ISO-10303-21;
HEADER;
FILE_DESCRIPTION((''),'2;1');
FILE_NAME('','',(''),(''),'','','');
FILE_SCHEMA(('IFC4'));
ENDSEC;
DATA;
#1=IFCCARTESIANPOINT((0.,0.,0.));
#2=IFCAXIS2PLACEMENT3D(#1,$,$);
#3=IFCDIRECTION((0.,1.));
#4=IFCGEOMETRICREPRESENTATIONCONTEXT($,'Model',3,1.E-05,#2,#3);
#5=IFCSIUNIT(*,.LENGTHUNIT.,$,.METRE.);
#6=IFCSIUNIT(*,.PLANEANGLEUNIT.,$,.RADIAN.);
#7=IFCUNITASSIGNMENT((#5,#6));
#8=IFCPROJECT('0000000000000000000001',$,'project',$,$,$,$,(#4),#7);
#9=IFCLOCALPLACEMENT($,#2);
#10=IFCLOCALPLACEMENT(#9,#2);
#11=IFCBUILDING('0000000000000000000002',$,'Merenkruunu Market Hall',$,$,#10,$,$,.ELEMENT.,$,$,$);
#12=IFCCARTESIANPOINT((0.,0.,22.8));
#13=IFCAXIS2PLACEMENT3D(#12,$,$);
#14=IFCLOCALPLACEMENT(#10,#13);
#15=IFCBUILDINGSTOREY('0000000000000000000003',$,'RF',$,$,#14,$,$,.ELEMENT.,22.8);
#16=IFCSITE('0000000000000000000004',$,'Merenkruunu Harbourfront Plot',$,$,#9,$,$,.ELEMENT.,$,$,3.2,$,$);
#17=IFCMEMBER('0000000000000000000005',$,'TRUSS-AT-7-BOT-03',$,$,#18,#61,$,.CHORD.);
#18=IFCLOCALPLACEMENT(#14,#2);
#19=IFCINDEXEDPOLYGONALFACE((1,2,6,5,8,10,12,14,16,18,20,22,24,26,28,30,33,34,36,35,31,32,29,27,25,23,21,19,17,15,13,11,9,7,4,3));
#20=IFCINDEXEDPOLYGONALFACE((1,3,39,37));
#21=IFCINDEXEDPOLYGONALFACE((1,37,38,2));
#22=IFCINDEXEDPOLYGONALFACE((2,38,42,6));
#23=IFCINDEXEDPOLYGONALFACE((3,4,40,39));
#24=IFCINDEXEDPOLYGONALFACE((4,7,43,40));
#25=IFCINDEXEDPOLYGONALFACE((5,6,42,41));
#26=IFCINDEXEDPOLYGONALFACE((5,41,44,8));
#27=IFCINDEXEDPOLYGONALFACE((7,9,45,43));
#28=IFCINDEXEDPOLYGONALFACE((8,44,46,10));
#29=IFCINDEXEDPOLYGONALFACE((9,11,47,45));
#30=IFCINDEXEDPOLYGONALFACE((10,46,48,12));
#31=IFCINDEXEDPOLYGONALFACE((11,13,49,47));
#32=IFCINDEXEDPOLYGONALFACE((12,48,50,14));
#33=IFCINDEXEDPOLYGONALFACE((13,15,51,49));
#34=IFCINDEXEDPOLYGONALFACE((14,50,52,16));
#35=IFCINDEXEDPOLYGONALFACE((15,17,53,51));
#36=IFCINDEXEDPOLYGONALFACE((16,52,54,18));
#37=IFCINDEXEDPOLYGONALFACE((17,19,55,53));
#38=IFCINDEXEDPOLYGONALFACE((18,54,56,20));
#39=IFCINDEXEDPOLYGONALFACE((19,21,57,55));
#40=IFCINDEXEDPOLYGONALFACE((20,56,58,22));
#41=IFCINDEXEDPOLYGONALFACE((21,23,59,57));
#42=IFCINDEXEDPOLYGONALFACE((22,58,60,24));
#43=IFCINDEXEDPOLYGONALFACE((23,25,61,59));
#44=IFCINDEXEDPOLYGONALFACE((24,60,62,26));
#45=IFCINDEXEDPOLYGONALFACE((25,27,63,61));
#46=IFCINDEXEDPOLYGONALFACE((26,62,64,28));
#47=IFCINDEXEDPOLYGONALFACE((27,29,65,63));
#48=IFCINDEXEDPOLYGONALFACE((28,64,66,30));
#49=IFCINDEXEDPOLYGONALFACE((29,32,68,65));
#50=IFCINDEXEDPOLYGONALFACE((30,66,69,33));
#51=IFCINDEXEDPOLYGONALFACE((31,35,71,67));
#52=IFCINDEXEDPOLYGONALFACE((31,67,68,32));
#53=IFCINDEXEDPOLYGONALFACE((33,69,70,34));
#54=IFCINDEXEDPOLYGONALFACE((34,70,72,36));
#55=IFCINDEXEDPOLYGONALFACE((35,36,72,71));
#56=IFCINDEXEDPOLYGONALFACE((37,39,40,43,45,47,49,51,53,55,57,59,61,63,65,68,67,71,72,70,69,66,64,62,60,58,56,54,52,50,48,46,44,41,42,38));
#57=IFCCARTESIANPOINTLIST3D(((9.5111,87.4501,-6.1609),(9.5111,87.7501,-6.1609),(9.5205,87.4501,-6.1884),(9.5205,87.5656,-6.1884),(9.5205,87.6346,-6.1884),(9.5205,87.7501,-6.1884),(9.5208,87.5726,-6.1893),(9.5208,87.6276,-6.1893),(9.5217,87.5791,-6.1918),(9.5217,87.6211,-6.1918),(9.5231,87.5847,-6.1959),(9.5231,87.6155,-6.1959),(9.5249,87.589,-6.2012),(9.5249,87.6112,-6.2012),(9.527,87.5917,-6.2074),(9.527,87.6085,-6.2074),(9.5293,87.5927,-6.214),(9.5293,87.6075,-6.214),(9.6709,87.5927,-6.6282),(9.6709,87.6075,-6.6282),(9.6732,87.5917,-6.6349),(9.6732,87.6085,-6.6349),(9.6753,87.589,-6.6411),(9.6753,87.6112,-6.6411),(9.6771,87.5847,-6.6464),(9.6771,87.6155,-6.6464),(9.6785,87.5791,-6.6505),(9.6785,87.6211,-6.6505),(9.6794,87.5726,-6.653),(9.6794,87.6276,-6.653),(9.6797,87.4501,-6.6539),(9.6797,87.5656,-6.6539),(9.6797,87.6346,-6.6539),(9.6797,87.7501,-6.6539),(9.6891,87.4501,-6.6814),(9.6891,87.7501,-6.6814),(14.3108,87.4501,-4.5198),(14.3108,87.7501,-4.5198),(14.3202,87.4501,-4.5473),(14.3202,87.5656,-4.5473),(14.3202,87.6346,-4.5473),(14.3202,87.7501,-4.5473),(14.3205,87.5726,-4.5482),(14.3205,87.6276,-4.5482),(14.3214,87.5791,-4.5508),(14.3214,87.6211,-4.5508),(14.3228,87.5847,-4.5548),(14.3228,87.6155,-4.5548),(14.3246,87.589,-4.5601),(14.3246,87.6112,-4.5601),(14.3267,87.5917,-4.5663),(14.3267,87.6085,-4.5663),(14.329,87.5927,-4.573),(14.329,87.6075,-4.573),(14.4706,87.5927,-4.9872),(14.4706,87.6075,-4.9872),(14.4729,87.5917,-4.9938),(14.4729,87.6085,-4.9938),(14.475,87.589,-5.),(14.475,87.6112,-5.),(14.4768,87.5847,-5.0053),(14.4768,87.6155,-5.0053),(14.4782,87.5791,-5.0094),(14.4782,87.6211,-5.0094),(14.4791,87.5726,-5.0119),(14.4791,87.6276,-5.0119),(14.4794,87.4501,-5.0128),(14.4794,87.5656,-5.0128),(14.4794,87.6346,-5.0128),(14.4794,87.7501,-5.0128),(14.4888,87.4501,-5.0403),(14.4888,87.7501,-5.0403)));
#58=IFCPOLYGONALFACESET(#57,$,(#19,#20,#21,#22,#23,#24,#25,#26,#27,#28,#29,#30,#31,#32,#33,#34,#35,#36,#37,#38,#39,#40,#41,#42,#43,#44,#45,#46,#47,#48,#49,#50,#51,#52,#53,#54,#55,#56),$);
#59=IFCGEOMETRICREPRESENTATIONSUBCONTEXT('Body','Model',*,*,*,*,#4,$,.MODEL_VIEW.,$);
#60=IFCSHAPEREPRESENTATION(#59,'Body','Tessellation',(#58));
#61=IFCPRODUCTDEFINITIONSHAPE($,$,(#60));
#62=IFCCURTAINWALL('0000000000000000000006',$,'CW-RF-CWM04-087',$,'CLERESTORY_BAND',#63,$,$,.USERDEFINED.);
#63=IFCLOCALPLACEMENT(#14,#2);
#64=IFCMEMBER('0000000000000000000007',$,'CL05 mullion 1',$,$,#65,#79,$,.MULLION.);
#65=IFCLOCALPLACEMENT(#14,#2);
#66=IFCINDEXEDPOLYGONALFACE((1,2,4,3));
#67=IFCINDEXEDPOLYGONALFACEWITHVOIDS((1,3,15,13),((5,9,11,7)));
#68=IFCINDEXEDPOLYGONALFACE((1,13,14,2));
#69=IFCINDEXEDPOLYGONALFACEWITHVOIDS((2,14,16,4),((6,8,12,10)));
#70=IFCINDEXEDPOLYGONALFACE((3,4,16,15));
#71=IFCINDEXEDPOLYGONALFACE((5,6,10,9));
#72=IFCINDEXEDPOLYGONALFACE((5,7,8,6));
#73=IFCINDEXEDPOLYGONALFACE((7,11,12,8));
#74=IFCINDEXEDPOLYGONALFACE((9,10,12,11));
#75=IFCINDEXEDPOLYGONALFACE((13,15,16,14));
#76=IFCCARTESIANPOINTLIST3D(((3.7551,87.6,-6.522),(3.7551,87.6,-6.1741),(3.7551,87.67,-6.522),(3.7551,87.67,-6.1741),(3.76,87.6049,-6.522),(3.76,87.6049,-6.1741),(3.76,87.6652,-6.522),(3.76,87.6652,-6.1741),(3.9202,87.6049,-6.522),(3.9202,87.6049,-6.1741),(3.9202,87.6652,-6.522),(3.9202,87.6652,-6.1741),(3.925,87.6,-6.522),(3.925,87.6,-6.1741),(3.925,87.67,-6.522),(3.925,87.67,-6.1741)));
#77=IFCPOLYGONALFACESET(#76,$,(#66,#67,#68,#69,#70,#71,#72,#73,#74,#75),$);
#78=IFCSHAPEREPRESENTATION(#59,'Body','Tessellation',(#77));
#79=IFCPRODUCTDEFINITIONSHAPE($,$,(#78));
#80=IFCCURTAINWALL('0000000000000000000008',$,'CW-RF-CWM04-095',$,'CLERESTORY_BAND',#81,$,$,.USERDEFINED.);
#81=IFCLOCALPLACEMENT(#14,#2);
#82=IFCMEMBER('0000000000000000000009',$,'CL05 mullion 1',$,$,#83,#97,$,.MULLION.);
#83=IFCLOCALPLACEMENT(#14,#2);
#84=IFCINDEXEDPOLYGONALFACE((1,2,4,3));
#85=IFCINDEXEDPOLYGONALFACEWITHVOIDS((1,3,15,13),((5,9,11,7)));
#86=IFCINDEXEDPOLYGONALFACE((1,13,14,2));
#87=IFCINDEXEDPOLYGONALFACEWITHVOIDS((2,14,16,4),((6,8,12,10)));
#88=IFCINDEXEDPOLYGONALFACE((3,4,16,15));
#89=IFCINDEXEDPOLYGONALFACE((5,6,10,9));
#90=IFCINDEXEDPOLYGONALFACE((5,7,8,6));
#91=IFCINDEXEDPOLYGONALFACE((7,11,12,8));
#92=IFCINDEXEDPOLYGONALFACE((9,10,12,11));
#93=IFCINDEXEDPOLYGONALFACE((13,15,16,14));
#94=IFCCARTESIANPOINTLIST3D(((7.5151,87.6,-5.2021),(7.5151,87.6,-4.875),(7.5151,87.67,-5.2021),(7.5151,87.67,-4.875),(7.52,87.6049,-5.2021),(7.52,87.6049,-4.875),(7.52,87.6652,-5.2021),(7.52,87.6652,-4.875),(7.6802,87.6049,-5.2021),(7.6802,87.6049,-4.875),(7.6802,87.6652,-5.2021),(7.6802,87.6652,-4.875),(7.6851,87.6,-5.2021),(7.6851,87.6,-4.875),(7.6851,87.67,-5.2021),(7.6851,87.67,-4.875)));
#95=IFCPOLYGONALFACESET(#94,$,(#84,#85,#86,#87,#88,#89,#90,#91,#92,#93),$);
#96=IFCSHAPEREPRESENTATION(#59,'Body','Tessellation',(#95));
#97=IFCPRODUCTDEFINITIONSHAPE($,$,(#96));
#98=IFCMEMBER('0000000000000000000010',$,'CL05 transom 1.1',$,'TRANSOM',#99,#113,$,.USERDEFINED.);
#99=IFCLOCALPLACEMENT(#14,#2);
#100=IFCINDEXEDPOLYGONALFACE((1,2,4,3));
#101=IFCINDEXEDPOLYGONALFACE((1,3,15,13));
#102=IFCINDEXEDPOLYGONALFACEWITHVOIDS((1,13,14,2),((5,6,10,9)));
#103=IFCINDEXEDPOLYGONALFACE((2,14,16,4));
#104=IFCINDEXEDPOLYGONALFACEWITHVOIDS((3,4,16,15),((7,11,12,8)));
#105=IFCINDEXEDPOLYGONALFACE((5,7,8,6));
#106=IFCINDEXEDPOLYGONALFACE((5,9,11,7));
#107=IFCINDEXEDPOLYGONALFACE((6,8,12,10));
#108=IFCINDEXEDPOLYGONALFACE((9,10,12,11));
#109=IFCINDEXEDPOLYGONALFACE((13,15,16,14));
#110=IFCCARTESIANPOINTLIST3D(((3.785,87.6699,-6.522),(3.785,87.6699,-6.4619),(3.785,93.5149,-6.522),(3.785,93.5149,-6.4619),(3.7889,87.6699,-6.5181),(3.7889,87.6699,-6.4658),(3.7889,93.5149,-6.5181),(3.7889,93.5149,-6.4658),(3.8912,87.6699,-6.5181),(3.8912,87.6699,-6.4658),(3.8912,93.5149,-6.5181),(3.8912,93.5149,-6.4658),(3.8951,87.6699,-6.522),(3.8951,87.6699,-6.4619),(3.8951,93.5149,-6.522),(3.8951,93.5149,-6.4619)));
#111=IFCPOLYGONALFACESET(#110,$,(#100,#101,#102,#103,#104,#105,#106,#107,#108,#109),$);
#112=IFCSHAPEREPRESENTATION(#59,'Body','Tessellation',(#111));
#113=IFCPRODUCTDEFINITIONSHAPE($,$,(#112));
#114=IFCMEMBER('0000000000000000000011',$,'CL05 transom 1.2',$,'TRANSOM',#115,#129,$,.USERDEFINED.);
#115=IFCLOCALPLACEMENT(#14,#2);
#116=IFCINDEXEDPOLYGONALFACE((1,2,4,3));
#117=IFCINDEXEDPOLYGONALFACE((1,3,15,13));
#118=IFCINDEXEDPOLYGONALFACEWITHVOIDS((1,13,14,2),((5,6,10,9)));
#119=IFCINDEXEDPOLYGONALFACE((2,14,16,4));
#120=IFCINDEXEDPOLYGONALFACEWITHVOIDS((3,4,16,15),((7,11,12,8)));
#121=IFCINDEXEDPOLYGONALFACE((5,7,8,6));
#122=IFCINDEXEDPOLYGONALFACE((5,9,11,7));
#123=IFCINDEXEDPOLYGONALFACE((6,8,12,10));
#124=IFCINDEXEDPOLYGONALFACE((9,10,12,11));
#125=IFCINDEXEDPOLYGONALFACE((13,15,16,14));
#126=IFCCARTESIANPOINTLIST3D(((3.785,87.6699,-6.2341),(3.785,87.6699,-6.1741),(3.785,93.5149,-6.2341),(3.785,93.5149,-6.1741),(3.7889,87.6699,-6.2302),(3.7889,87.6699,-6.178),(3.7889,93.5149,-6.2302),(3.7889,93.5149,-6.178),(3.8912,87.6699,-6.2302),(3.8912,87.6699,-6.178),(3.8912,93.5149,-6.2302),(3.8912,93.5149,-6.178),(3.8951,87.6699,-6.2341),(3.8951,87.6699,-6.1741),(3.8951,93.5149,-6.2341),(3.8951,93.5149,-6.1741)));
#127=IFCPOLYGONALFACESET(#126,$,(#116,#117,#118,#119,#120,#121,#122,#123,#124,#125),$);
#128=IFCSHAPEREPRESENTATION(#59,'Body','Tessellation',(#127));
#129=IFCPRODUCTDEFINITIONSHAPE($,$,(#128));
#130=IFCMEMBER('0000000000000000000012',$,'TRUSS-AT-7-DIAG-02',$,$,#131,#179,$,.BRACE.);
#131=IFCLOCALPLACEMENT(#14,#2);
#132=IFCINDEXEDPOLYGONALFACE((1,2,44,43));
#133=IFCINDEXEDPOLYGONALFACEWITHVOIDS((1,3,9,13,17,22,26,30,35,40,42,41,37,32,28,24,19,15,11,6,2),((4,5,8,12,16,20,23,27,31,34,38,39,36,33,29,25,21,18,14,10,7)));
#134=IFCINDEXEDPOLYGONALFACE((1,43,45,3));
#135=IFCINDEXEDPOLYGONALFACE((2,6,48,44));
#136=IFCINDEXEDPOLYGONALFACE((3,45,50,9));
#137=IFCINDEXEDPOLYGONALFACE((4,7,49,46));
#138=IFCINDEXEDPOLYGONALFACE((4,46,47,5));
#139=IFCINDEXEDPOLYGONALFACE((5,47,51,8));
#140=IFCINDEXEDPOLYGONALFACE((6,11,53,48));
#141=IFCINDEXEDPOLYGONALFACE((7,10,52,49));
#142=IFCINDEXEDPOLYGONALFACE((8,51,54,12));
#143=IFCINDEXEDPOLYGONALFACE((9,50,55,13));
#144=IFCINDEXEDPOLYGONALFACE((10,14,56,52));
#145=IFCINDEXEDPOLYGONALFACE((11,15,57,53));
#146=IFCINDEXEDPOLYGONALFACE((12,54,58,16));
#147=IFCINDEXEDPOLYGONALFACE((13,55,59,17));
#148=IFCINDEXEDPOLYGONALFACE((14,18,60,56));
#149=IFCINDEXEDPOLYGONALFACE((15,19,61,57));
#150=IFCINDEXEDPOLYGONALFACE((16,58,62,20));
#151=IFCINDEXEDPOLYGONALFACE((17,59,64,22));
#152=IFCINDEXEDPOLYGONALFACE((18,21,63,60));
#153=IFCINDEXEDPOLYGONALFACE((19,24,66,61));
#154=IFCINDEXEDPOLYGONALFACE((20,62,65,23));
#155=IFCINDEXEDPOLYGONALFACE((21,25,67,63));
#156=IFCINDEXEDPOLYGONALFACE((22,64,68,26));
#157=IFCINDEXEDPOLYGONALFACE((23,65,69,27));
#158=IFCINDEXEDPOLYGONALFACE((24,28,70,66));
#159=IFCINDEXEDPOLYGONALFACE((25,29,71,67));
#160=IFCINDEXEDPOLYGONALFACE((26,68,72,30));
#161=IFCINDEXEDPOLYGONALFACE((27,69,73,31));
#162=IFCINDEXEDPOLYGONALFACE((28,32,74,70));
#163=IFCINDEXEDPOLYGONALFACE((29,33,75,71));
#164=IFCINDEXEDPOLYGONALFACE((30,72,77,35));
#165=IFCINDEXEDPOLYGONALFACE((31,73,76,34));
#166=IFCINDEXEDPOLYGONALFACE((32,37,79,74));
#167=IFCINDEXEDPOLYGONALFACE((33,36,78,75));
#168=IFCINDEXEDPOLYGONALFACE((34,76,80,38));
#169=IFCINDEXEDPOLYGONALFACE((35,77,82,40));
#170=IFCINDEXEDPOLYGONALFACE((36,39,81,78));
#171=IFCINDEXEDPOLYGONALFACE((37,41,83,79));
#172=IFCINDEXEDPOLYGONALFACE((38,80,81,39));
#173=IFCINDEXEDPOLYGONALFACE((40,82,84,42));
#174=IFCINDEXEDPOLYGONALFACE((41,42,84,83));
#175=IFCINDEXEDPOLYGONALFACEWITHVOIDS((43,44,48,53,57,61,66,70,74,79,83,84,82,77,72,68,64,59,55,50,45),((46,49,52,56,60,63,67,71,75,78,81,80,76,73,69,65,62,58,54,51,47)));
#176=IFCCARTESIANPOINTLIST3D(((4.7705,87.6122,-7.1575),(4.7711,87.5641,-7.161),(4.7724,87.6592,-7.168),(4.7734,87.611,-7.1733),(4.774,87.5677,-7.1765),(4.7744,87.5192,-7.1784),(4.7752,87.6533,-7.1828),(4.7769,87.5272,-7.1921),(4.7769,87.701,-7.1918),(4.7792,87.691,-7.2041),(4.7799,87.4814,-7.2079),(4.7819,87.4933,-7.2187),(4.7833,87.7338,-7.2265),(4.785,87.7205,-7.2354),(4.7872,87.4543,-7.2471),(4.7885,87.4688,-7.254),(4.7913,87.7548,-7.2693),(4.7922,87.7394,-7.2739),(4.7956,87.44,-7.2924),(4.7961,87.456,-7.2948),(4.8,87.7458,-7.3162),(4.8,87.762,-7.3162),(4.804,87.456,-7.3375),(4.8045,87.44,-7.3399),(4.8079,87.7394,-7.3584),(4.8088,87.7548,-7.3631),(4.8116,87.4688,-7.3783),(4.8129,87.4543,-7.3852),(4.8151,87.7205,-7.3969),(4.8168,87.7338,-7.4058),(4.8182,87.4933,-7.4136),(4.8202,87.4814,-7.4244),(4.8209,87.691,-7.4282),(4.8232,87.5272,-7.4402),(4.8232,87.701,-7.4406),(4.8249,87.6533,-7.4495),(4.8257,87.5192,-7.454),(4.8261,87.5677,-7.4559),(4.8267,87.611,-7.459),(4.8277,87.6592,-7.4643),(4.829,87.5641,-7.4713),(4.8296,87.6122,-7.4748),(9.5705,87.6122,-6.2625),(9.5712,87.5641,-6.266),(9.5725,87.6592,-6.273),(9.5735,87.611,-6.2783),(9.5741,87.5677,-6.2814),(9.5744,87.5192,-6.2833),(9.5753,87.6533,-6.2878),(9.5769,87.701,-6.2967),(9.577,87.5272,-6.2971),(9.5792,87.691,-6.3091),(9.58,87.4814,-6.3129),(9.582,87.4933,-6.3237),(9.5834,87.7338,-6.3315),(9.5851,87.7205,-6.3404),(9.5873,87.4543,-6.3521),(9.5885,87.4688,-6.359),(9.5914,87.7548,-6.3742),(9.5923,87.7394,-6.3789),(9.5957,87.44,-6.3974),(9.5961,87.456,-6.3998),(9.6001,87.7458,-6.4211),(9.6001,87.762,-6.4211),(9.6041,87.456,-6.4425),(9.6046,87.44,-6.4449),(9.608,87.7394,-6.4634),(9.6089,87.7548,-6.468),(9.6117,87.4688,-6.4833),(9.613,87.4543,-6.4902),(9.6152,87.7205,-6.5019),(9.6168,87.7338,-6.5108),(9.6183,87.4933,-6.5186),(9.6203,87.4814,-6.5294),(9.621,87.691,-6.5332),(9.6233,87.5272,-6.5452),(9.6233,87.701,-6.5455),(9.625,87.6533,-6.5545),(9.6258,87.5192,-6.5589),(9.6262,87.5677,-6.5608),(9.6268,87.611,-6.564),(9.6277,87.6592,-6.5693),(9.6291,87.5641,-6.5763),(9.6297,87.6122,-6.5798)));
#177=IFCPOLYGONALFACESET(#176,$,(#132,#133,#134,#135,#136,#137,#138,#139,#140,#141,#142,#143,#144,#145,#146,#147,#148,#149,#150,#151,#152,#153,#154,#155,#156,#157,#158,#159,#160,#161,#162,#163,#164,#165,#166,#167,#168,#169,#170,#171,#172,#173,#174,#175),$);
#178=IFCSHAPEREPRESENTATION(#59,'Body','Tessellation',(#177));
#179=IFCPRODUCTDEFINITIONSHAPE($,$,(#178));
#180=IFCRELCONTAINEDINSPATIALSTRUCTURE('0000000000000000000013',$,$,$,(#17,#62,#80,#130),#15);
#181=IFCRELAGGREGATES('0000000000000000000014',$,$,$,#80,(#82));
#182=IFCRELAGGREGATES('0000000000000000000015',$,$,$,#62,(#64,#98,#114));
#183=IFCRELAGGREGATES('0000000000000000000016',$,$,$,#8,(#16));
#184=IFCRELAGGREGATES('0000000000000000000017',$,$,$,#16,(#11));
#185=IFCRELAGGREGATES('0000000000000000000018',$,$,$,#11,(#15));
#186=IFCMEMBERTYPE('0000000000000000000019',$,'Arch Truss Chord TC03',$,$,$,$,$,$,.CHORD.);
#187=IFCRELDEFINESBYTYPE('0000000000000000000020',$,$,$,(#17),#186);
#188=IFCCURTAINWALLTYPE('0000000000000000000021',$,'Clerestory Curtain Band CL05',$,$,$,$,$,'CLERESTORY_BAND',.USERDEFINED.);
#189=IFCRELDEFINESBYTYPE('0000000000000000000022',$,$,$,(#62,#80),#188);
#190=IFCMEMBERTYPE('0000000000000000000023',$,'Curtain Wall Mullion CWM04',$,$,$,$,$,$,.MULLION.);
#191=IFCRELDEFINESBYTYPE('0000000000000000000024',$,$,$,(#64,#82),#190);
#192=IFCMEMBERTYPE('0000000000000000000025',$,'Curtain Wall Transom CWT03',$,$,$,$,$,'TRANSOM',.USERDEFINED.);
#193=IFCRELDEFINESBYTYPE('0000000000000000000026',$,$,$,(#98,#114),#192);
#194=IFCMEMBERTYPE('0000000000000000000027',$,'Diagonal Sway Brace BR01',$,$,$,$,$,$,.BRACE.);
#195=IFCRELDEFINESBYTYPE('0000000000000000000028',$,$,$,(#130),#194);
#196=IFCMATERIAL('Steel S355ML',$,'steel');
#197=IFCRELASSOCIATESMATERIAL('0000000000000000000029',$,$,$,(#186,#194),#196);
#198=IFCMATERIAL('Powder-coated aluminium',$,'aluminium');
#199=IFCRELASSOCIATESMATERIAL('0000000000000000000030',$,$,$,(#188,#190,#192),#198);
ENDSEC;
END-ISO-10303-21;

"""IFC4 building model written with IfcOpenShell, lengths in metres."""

from ifc_helpers import new_model, si_unit, direction, frame, origin, origin_2d, place, context, subcontext, project, spatial, hollow_rectangle, hollow_circle, i_section, extrude, material, material_profile, profile_set, type_object, element, aggregate, save


model = new_model("IFC4")

# Units and contexts
model_context = context("Model", 3, precision=1e-05, world=origin(), true_north=direction((0.0, 1.0)))
body_context = subcontext(model_context, "Body", "Model", "MODEL_VIEW")
ifc_project = project(units=[si_unit("LENGTHUNIT", "METRE"), si_unit("PLANEANGLEUNIT", "RADIAN")], contexts=[model_context])

# Site, building, storey
site_placement = place(None, origin())
site = spatial("IfcSite", under=ifc_project, at=site_placement, Name="Merenkruunu Harbourfront Plot", CompositionType="ELEMENT", RefElevation=3.2)
building_placement = place(site_placement, origin())
building = spatial("IfcBuilding", under=site, at=building_placement, Name="Merenkruunu Market Hall", CompositionType="ELEMENT")
storey_placement = place(building_placement, frame((0.0, 0.0, 22.8)))
storey = spatial("IfcBuildingStorey", under=building, at=storey_placement, Name="RF", CompositionType="ELEMENT", Elevation=22.8)

# Member
ifc_material_1 = material(Name="Steel S355ML", Category="steel")
ifc_material_profile_1 = material_profile(ifc_material_1, i_section(OverallWidth=0.3, OverallDepth=0.55, WebThickness=0.0149, FlangeThickness=0.0291, FilletRadius=0.0271, at=origin_2d()), Name="HEB 550")
ifc_profile_set_1 = profile_set([ifc_material_profile_1], Name="Steel S355ML")
member_type_1 = type_object("IfcMemberType", Name="Arch Truss Chord TC03", PredefinedType="CHORD", material=ifc_profile_set_1)
member_1_placement = place(storey_placement, frame((9.6001, 87.6001, -6.4211), z_axis=(0.94622, 0.0, 0.323524), x_axis=(0.0, 1.0, 0.0)))
element("IfcMember", 1, at=member_1_placement, inside=storey, type_object=member_type_1, Name="TRUSS-AT-7-BOT-03", PredefinedType="CHORD", context=body_context, shape_type="SweptSolid", body=[
    extrude(i_section(OverallWidth=0.3, OverallDepth=0.55, WebThickness=0.0149, FlangeThickness=0.0291, FilletRadius=0.0271, at=origin_2d()), origin(), (0.0, 0.0, 1.0), 5.0725),
])

# Curtain walls, members
ifc_material_2 = material(Name="Powder-coated aluminium", Category="aluminium")
curtain_wall_type = type_object("IfcCurtainWallType", Name="Clerestory Curtain Band CL05", ElementType="CLERESTORY_BAND", PredefinedType="USERDEFINED", material=ifc_material_2)
curtain_wall_1_placement = place(storey_placement, origin())
curtain_wall_1 = element("IfcCurtainWall", 2, at=curtain_wall_1_placement, inside=storey, type_object=curtain_wall_type, Name="CW-RF-CWM04-087", ObjectType="CLERESTORY_BAND", PredefinedType="USERDEFINED")
ifc_material_profile_2 = material_profile(ifc_material_2, hollow_rectangle(XDim=0.0701, YDim=0.1699, WallThickness=0.0049, at=origin_2d()), Name="ALU 70x170x5")
ifc_profile_set_2 = profile_set([ifc_material_profile_2], Name="Powder-coated aluminium")
member_type_2 = type_object("IfcMemberType", Name="Curtain Wall Mullion CWM04", PredefinedType="MULLION", material=ifc_profile_set_2)
member_2_placement = place(storey_placement, frame((3.8401, 87.635, -6.522), z_axis=(0.0, 0.0, 1.0), x_axis=(0.0, 1.0, 0.0)))
member_2 = element("IfcMember", 3, at=member_2_placement, type_object=member_type_2, Name="CL05 mullion 1", PredefinedType="MULLION", context=body_context, shape_type="SweptSolid", body=[
    extrude(hollow_rectangle(XDim=0.0701, YDim=0.1699, WallThickness=0.0049, at=origin_2d()), origin(), (0.0, 0.0, 1.0), 0.3479),
])
curtain_wall_2_placement = place(storey_placement, origin())
curtain_wall_2 = element("IfcCurtainWall", 4, at=curtain_wall_2_placement, inside=storey, type_object=curtain_wall_type, Name="CW-RF-CWM04-095", ObjectType="CLERESTORY_BAND", PredefinedType="USERDEFINED")
member_3_placement = place(storey_placement, frame((7.6001, 87.635, -5.2021), z_axis=(0.0, 0.0, 1.0), x_axis=(0.0, 1.0, 0.0)))
member_3 = element("IfcMember", 5, at=member_3_placement, type_object=member_type_2, Name="CL05 mullion 1", PredefinedType="MULLION", context=body_context, shape_type="SweptSolid", body=[
    extrude(hollow_rectangle(XDim=0.0701, YDim=0.1699, WallThickness=0.0049, at=origin_2d()), origin(), (0.0, 0.0, 1.0), 0.3271),
])
aggregate(curtain_wall_2, [member_3])

# Members
ifc_material_profile_3 = material_profile(ifc_material_2, hollow_rectangle(XDim=0.0601, YDim=0.1101, WallThickness=0.0039, at=origin_2d()), Name="ALU 60x110x4")
ifc_profile_set_3 = profile_set([ifc_material_profile_3], Name="Powder-coated aluminium")
member_type_3 = type_object("IfcMemberType", Name="Curtain Wall Transom CWT03", ElementType="TRANSOM", PredefinedType="USERDEFINED", material=ifc_profile_set_3)
member_4_placement = place(storey_placement, frame((3.8401, 87.6699, -6.4919), z_axis=(0.0, 1.0, 0.0), x_axis=(0.0, 0.0, 1.0)))
member_4 = element("IfcMember", 6, at=member_4_placement, type_object=member_type_3, Name="CL05 transom 1.1", ObjectType="TRANSOM", PredefinedType="USERDEFINED", context=body_context, shape_type="SweptSolid", body=[
    extrude(hollow_rectangle(XDim=0.0601, YDim=0.1101, WallThickness=0.0039, at=origin_2d()), origin(), (0.0, 0.0, 1.0), 5.845),
])
member_5_placement = place(storey_placement, frame((3.8401, 87.6699, -6.2041), z_axis=(0.0, 1.0, 0.0), x_axis=(0.0, 0.0, 1.0)))
member_5 = element("IfcMember", 7, at=member_5_placement, type_object=member_type_3, Name="CL05 transom 1.2", ObjectType="TRANSOM", PredefinedType="USERDEFINED", context=body_context, shape_type="SweptSolid", body=[
    extrude(hollow_rectangle(XDim=0.0601, YDim=0.1101, WallThickness=0.0039, at=origin_2d()), origin(), (0.0, 0.0, 1.0), 5.845),
])
aggregate(curtain_wall_1, [member_2, member_4, member_5])

# Member
ifc_material_profile_4 = material_profile(ifc_material_1, hollow_circle(Radius=0.1619, WallThickness=0.0161, at=origin_2d()), Name="CHS 323.9x16")
ifc_profile_set_4 = profile_set([ifc_material_profile_4], Name="Steel S355ML")
member_type_4 = type_object("IfcMemberType", Name="Diagonal Sway Brace BR01", PredefinedType="BRACE", material=ifc_profile_set_4)
member_6_placement = place(storey_placement, frame((4.8, 87.6001, -7.3162), z_axis=(0.983057, 0.0, 0.183301), x_axis=(0.0, 1.0, 0.0)))
element("IfcMember", 8, at=member_6_placement, inside=storey, type_object=member_type_4, Name="TRUSS-AT-7-DIAG-02", PredefinedType="BRACE", context=body_context, shape_type="SweptSolid", body=[
    extrude(hollow_circle(Radius=0.1619, WallThickness=0.0161, at=origin_2d()), origin(), (0.0, 0.0, 1.0), 4.8828),
])

save(model, "model.ifc")
